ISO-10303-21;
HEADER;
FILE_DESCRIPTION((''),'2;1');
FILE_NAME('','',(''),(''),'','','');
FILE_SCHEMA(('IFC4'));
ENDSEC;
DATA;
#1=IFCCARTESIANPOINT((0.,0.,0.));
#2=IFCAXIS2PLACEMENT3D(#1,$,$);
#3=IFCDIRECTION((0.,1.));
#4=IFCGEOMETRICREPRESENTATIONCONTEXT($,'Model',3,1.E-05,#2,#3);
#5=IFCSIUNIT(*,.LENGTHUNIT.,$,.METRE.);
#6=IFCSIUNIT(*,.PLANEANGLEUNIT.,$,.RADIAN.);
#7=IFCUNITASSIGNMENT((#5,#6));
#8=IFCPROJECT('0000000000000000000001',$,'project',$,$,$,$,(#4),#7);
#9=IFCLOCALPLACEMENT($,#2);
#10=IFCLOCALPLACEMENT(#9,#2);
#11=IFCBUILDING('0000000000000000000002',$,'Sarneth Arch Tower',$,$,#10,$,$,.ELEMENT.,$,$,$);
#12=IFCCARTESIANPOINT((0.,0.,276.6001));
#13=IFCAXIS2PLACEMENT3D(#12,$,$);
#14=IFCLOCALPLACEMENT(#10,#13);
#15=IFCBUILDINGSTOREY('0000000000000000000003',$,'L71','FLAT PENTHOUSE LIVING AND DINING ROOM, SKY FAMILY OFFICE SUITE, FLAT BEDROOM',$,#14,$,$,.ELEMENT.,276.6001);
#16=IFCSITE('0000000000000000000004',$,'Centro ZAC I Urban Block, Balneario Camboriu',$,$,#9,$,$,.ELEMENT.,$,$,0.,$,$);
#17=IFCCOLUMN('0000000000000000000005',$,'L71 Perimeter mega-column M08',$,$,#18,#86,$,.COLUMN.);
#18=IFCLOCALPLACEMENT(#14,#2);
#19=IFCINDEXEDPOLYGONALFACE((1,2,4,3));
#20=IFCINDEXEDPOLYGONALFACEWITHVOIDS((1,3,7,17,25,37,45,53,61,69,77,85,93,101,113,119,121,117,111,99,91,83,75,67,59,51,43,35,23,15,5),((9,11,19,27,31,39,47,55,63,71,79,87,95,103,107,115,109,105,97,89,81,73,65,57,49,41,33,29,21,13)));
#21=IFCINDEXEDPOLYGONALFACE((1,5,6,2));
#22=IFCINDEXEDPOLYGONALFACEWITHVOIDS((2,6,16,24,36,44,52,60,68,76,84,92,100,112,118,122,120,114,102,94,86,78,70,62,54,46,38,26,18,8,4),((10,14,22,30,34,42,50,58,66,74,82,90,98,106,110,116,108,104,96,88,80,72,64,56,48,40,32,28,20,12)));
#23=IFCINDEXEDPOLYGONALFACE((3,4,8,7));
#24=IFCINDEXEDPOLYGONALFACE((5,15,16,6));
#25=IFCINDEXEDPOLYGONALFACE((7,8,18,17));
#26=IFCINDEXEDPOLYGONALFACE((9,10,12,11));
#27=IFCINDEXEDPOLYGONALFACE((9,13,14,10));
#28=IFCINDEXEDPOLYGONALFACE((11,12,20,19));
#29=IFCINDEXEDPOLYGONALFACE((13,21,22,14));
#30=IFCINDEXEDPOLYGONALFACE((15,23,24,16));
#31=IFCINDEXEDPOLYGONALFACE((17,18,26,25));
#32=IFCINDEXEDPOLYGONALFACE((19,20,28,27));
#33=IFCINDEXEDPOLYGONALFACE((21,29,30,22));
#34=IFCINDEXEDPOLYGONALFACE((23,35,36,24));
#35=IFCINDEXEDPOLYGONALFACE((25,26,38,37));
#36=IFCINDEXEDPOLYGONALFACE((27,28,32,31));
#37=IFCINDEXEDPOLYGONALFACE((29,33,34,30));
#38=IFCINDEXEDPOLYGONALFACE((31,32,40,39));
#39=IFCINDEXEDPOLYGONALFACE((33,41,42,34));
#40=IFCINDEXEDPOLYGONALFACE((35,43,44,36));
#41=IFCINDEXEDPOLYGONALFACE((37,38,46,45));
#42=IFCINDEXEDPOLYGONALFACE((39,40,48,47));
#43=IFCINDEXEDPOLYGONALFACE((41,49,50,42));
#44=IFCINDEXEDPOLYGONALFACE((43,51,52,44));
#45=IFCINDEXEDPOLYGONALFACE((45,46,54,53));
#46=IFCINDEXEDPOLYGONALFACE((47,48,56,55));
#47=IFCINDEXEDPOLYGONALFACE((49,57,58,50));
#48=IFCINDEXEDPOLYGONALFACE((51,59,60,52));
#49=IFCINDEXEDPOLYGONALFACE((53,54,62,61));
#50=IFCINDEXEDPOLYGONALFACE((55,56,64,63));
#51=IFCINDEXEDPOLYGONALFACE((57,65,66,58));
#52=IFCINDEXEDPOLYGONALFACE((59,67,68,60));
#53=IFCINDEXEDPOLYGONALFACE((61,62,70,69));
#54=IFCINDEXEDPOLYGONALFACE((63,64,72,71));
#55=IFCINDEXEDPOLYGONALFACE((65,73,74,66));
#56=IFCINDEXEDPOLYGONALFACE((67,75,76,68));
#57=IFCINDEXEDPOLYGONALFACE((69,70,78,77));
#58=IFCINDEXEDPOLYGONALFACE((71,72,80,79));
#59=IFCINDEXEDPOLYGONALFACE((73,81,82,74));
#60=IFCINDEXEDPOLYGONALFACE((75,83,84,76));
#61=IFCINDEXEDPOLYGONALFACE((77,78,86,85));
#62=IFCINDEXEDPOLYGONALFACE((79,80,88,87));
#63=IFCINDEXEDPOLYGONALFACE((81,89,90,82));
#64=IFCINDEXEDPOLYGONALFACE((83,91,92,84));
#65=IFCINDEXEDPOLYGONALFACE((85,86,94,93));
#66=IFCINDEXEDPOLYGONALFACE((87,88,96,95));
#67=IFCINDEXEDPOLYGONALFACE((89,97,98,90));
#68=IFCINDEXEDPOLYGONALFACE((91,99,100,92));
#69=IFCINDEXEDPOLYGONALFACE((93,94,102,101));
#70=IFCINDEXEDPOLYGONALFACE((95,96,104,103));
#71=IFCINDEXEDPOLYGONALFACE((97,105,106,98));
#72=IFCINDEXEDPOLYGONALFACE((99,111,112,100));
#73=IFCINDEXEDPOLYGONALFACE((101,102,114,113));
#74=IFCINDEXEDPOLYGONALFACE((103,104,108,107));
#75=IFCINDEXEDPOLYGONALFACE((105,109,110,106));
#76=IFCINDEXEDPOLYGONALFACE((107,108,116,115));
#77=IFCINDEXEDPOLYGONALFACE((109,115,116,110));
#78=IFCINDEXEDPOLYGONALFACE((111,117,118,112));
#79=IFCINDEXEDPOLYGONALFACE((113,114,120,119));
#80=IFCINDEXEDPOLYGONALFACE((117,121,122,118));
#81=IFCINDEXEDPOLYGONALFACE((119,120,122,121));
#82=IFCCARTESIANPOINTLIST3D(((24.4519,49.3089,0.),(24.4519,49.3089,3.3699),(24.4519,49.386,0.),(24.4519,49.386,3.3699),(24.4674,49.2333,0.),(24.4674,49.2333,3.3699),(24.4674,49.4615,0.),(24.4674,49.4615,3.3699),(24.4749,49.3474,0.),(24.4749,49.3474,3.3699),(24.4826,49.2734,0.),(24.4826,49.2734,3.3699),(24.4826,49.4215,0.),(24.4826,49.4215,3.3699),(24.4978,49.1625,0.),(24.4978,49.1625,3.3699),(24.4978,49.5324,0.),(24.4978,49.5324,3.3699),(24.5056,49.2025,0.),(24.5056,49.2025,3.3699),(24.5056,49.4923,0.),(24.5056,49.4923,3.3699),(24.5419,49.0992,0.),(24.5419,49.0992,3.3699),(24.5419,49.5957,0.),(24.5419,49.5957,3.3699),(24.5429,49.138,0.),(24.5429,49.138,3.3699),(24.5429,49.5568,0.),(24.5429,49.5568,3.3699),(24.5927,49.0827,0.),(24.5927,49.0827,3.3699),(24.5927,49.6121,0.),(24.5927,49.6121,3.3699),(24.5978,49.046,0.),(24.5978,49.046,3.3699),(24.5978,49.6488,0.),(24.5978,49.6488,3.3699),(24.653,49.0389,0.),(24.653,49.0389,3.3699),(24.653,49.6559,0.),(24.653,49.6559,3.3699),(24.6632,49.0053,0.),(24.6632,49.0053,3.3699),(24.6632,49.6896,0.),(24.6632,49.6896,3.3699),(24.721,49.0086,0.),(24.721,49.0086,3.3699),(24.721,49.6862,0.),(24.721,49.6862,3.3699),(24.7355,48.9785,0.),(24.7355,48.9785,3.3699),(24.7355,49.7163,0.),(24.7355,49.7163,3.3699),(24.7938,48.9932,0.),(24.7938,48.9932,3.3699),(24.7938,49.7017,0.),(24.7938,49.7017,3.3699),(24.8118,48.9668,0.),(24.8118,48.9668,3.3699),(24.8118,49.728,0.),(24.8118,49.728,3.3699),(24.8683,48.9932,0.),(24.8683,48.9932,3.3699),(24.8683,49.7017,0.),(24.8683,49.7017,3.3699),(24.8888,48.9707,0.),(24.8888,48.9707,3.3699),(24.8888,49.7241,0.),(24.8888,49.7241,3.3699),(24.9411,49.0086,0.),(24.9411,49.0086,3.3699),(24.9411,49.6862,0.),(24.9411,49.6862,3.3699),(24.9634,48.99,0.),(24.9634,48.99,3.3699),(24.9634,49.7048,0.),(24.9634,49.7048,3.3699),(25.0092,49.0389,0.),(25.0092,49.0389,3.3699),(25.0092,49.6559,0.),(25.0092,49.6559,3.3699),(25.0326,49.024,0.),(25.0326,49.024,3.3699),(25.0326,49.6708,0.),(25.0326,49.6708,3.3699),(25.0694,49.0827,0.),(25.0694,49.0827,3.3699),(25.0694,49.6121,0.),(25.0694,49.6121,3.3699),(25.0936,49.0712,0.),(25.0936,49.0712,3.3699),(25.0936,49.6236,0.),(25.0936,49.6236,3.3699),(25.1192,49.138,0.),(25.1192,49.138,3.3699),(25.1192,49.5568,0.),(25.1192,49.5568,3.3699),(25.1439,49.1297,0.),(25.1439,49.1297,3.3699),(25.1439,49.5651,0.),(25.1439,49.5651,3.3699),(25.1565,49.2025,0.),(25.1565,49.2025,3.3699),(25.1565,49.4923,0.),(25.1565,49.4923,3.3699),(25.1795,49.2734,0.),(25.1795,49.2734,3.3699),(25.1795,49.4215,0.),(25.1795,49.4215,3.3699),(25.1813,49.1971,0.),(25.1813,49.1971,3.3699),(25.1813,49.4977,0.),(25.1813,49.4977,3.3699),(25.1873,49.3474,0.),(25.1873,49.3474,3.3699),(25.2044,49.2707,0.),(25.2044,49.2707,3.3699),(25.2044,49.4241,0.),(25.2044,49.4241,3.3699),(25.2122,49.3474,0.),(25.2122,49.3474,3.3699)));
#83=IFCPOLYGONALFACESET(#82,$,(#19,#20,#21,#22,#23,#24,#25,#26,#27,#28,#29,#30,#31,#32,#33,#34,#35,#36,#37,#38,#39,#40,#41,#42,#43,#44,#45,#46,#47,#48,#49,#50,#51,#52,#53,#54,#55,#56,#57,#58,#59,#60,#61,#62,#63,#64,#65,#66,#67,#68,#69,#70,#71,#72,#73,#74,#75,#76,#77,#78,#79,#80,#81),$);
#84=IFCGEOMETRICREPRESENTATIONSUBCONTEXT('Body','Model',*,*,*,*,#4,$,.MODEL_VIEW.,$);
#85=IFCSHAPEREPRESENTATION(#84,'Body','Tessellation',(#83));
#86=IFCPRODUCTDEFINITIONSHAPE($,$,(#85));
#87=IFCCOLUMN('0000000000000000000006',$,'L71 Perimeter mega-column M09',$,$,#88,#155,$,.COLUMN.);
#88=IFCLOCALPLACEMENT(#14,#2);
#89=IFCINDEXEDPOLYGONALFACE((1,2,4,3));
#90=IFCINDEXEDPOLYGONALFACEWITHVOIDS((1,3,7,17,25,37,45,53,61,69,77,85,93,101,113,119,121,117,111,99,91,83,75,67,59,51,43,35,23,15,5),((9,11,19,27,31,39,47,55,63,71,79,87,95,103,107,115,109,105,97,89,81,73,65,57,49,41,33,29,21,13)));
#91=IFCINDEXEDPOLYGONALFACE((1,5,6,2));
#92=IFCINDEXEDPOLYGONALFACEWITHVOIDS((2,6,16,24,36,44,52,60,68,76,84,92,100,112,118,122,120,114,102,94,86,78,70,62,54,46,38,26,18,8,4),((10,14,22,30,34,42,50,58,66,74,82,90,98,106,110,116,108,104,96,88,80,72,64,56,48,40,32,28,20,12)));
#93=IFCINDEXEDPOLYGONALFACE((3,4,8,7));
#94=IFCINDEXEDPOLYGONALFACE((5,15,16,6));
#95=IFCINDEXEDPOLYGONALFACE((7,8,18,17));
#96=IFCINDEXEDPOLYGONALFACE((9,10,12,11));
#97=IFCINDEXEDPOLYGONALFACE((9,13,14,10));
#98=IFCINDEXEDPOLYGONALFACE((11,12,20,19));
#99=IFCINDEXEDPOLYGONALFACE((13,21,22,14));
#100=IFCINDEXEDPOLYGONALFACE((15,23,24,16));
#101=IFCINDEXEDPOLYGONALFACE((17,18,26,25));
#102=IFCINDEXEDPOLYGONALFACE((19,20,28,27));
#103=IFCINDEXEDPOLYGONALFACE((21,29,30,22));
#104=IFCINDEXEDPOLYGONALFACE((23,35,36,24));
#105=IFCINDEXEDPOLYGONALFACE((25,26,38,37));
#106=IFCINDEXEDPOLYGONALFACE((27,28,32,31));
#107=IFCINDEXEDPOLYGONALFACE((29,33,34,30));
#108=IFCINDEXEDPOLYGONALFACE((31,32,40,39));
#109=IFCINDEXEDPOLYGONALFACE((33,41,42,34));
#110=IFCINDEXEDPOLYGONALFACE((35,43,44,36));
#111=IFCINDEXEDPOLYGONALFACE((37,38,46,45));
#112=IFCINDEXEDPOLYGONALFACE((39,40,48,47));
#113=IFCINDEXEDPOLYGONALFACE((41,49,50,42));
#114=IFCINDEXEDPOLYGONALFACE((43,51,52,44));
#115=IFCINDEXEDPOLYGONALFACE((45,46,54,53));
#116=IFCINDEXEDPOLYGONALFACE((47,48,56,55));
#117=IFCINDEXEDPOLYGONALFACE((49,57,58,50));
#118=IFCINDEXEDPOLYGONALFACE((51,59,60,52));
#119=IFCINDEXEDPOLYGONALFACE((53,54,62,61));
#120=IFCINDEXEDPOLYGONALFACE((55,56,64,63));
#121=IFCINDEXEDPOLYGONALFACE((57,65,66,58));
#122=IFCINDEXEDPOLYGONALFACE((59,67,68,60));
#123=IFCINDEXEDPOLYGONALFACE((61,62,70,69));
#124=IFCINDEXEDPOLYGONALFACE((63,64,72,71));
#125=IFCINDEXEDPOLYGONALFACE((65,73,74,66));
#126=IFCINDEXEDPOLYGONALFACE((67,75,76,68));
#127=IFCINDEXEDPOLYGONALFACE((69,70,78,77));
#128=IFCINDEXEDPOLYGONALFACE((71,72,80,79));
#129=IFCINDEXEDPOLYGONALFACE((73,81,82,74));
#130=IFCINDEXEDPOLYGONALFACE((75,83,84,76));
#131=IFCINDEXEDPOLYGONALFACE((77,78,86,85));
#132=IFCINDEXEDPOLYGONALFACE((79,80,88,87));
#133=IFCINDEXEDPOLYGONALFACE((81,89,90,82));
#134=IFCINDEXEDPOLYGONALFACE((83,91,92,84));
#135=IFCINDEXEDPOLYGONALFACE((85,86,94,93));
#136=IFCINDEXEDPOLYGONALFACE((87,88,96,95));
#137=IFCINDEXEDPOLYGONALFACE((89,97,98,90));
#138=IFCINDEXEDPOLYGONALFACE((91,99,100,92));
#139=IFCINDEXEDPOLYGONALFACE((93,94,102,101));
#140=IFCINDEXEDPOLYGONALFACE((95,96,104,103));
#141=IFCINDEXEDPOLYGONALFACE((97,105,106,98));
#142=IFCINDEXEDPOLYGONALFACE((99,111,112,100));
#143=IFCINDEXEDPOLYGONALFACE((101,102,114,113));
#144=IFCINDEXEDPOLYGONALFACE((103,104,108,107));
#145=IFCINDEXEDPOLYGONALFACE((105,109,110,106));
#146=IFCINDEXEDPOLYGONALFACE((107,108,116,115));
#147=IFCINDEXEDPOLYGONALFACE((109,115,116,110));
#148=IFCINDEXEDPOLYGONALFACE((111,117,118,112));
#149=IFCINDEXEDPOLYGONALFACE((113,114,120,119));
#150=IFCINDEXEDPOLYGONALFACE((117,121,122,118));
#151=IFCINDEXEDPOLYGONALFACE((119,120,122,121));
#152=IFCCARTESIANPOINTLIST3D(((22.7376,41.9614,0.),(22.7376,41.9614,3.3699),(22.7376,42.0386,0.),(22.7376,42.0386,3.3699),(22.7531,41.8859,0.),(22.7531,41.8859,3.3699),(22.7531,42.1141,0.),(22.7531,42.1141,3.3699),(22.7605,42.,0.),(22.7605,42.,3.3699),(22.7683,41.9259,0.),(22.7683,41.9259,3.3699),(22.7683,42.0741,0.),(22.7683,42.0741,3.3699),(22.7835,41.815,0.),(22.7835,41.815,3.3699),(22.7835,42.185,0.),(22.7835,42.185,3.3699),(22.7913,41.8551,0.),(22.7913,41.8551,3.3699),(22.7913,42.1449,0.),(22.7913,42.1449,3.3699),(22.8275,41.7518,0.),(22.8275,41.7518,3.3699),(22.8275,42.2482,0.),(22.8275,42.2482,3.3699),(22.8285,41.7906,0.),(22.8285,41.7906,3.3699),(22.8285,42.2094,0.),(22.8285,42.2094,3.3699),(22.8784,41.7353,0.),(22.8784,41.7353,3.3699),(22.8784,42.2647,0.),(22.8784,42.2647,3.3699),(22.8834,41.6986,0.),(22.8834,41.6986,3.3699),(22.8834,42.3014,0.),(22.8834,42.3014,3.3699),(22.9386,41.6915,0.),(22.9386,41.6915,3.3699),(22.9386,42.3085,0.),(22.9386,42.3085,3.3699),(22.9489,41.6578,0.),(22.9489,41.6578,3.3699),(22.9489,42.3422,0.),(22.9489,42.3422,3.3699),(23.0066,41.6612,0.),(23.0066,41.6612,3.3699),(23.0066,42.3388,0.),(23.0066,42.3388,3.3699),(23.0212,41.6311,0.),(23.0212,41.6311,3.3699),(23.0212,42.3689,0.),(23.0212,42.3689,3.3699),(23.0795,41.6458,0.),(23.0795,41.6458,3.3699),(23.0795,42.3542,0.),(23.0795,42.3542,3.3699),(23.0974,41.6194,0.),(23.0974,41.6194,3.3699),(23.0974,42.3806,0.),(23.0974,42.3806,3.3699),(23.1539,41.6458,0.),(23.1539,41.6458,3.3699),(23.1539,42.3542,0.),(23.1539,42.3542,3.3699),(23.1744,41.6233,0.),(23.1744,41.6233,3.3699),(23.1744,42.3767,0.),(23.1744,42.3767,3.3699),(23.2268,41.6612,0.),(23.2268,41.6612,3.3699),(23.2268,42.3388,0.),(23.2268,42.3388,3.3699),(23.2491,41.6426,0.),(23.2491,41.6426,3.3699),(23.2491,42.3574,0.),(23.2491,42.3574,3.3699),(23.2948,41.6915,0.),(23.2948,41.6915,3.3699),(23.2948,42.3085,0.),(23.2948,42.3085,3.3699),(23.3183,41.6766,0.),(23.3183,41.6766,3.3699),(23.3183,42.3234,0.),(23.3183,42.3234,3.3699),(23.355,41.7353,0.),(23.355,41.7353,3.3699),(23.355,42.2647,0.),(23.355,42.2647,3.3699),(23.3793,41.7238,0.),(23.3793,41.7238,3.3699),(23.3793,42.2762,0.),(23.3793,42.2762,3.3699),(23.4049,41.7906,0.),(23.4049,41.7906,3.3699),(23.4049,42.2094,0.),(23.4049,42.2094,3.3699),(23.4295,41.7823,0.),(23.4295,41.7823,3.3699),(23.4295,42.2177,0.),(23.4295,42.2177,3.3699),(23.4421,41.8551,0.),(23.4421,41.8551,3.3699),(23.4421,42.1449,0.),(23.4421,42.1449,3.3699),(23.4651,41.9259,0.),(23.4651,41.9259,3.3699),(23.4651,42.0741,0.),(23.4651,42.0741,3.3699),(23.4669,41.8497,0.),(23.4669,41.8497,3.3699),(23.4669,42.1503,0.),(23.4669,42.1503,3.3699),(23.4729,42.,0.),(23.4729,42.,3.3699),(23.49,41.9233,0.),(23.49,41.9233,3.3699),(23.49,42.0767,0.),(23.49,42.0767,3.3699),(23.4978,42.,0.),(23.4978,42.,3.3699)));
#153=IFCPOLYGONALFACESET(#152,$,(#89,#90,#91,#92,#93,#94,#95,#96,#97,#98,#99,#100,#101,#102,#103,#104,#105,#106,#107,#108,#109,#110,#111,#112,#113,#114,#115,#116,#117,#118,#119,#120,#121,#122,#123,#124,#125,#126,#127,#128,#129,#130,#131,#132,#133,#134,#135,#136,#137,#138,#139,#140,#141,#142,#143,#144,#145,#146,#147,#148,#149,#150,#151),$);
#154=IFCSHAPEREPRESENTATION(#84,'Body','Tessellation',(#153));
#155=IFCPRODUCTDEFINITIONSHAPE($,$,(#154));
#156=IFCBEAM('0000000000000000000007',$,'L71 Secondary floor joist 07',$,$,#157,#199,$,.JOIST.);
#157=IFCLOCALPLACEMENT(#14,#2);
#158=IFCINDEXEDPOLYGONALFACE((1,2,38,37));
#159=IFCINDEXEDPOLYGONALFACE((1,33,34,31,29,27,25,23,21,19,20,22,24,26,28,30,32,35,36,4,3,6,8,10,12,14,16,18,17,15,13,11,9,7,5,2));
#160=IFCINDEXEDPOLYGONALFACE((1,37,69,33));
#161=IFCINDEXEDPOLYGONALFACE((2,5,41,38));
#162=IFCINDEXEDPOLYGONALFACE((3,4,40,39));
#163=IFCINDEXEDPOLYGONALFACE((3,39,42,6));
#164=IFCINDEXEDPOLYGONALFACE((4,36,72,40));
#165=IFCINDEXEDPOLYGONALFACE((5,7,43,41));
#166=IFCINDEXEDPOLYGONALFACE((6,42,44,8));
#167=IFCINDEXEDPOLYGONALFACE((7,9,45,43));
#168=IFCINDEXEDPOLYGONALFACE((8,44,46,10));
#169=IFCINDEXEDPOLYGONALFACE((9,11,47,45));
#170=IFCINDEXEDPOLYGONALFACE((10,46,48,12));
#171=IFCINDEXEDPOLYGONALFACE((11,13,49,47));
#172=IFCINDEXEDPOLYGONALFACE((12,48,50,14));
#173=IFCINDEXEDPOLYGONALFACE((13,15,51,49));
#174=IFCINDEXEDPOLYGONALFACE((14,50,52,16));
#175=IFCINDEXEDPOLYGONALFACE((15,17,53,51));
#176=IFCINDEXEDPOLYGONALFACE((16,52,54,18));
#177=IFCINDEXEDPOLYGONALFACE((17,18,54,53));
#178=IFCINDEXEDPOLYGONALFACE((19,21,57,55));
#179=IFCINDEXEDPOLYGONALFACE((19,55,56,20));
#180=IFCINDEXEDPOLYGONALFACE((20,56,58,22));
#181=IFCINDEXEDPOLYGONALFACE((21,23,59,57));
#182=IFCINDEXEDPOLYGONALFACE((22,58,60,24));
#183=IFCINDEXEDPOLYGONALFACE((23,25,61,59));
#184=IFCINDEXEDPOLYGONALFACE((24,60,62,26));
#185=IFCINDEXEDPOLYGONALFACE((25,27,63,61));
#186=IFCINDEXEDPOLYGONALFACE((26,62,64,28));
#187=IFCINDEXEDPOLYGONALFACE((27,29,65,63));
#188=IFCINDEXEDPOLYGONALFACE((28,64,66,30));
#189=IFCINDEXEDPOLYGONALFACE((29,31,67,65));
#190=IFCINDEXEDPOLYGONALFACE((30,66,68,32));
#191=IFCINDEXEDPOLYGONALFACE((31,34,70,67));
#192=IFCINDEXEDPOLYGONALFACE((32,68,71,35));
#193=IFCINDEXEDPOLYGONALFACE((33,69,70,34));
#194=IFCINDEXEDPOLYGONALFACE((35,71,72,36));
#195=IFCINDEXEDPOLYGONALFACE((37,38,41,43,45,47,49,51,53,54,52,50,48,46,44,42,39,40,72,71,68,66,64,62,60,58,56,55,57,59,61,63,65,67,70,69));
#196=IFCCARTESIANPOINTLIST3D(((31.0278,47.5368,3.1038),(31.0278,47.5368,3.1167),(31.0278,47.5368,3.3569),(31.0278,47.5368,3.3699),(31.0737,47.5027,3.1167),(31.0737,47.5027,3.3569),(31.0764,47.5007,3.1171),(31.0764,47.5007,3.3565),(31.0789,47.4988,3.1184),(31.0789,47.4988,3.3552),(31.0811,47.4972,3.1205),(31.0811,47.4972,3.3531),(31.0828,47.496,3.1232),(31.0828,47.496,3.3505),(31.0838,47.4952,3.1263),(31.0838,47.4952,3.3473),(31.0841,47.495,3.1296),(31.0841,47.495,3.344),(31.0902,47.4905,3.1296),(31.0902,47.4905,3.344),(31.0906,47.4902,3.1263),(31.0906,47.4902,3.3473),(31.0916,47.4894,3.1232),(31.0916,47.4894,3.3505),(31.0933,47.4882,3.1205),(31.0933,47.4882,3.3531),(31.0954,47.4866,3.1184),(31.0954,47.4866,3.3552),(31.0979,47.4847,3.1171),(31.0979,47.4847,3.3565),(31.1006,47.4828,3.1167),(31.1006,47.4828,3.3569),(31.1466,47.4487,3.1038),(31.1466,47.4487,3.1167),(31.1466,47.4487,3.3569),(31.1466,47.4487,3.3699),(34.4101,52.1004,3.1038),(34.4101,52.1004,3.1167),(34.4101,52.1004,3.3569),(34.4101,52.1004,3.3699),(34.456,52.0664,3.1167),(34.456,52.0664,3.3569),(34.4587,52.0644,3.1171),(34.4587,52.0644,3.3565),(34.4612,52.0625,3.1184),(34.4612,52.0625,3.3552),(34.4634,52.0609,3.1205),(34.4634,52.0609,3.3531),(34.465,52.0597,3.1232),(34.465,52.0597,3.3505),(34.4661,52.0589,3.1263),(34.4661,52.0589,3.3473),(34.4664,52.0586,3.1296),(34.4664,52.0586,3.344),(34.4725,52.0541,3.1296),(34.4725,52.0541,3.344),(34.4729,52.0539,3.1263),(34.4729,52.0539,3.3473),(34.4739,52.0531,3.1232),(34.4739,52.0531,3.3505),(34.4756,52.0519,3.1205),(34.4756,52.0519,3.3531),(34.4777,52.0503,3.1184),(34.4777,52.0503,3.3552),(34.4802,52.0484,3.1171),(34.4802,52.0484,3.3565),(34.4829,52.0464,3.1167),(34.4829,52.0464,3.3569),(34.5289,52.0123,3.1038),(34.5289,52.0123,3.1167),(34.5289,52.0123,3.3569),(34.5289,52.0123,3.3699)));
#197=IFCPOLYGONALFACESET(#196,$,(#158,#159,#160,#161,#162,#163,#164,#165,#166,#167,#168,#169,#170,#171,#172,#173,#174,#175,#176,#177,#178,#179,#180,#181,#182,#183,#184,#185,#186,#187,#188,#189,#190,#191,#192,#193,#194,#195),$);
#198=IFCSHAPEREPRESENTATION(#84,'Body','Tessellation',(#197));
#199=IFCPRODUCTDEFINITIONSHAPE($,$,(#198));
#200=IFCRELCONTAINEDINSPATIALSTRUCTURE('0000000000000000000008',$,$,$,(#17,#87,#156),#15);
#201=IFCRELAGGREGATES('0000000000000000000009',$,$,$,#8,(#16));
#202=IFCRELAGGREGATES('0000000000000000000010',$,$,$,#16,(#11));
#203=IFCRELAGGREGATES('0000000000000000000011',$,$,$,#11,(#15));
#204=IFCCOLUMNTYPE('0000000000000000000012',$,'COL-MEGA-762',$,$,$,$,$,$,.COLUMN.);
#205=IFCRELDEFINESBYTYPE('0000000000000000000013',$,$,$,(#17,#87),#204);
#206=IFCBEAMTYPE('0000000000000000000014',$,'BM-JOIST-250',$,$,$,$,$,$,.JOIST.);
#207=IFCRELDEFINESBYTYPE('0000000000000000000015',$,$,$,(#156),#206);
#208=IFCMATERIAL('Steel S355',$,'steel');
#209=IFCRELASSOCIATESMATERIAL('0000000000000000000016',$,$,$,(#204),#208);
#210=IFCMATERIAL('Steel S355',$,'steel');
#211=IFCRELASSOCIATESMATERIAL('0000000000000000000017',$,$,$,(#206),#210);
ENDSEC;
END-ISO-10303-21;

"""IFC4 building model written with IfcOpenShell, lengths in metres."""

from ifc_helpers import new_model, si_unit, direction, frame, origin, origin_2d, place, context, subcontext, project, spatial, hollow_circle, i_section, extrude, material, material_profile, profile_set, type_object, element, save


model = new_model("IFC4")

# Units and contexts
model_context = context("Model", 3, precision=1e-05, world=origin(), true_north=direction((0.0, 1.0)))
body_context = subcontext(model_context, "Body", "Model", "MODEL_VIEW")
ifc_project = project(units=[si_unit("LENGTHUNIT", "METRE"), si_unit("PLANEANGLEUNIT", "RADIAN")], contexts=[model_context])

# Site, building, storey
site_placement = place(None, origin())
site = spatial("IfcSite", under=ifc_project, at=site_placement, Name="Centro ZAC I Urban Block, Balneario Camboriu", CompositionType="ELEMENT", RefElevation=0.0)
building_placement = place(site_placement, origin())
building = spatial("IfcBuilding", under=site, at=building_placement, Name="Sarneth Arch Tower", CompositionType="ELEMENT")
storey_placement = place(building_placement, frame((0.0, 0.0, 276.6001)))
storey = spatial("IfcBuildingStorey", under=building, at=storey_placement, Name="L71", Description="FLAT PENTHOUSE LIVING AND DINING ROOM, SKY FAMILY OFFICE SUITE, FLAT BEDROOM", CompositionType="ELEMENT", Elevation=276.6001)

# Columns
ifc_material_1 = material(Name="Steel S355", Category="steel")
ifc_material_profile_1 = material_profile(ifc_material_1, hollow_circle(Radius=0.3811, WallThickness=0.0249, at=origin_2d()), Name="CHS762x25")
ifc_profile_set_1 = profile_set([ifc_material_profile_1], Name="Steel S355")
column_type = type_object("IfcColumnType", Name="COL-MEGA-762", PredefinedType="COLUMN", material=ifc_profile_set_1)
for number, where, z_axis, x_axis, name in (
    (1, (24.8311, 49.3474, 0.0), (0.0, 0.0, 1.0), (1.0, 0.0, 0.0), "L71 Perimeter mega-column M08"),
    (2, (23.1167, 42.0, 0.0), (0.0, 0.0, 1.0), (1.0, 0.0, 0.0), "L71 Perimeter mega-column M09"),
):
    element("IfcColumn", number, at=place(storey_placement, frame(where, z_axis=z_axis, x_axis=x_axis)), inside=storey, type_object=column_type, Name=name, PredefinedType="COLUMN", context=body_context, shape_type="SweptSolid", body=[
        extrude(hollow_circle(Radius=0.3811, WallThickness=0.0249, at=origin_2d()), origin(), (0.0, 0.0, 1.0), 3.3699),
    ])

# Beam
ifc_material_2 = material(Name="Steel S355", Category="steel")
ifc_material_profile_2 = material_profile(ifc_material_2, i_section(OverallWidth=0.1479, OverallDepth=0.2661, WebThickness=0.0076, FlangeThickness=0.0129, FilletRadius=0.0129, at=origin_2d()), Name="W250x44.8")
ifc_profile_set_2 = profile_set([ifc_material_profile_2], Name="Steel S355")
beam_type_1 = type_object("IfcBeamType", Name="BM-JOIST-250", PredefinedType="JOIST", material=ifc_profile_set_2)
beam_1_placement = place(storey_placement, frame((34.4695, 52.0564, 3.2368), z_axis=(-0.595431, -0.803406, 0.0), x_axis=(0.803406, -0.595431, 0.0)))
element("IfcBeam", 3, at=beam_1_placement, inside=storey, type_object=beam_type_1, Name="L71 Secondary floor joist 07", PredefinedType="JOIST", context=body_context, shape_type="SweptSolid", body=[
    extrude(i_section(OverallWidth=0.1479, OverallDepth=0.2661, WebThickness=0.0076, FlangeThickness=0.0129, FilletRadius=0.0129, at=origin_2d()), origin(), (0.0, 0.0, 1.0), 5.6804),
])

save(model, "model.ifc")
